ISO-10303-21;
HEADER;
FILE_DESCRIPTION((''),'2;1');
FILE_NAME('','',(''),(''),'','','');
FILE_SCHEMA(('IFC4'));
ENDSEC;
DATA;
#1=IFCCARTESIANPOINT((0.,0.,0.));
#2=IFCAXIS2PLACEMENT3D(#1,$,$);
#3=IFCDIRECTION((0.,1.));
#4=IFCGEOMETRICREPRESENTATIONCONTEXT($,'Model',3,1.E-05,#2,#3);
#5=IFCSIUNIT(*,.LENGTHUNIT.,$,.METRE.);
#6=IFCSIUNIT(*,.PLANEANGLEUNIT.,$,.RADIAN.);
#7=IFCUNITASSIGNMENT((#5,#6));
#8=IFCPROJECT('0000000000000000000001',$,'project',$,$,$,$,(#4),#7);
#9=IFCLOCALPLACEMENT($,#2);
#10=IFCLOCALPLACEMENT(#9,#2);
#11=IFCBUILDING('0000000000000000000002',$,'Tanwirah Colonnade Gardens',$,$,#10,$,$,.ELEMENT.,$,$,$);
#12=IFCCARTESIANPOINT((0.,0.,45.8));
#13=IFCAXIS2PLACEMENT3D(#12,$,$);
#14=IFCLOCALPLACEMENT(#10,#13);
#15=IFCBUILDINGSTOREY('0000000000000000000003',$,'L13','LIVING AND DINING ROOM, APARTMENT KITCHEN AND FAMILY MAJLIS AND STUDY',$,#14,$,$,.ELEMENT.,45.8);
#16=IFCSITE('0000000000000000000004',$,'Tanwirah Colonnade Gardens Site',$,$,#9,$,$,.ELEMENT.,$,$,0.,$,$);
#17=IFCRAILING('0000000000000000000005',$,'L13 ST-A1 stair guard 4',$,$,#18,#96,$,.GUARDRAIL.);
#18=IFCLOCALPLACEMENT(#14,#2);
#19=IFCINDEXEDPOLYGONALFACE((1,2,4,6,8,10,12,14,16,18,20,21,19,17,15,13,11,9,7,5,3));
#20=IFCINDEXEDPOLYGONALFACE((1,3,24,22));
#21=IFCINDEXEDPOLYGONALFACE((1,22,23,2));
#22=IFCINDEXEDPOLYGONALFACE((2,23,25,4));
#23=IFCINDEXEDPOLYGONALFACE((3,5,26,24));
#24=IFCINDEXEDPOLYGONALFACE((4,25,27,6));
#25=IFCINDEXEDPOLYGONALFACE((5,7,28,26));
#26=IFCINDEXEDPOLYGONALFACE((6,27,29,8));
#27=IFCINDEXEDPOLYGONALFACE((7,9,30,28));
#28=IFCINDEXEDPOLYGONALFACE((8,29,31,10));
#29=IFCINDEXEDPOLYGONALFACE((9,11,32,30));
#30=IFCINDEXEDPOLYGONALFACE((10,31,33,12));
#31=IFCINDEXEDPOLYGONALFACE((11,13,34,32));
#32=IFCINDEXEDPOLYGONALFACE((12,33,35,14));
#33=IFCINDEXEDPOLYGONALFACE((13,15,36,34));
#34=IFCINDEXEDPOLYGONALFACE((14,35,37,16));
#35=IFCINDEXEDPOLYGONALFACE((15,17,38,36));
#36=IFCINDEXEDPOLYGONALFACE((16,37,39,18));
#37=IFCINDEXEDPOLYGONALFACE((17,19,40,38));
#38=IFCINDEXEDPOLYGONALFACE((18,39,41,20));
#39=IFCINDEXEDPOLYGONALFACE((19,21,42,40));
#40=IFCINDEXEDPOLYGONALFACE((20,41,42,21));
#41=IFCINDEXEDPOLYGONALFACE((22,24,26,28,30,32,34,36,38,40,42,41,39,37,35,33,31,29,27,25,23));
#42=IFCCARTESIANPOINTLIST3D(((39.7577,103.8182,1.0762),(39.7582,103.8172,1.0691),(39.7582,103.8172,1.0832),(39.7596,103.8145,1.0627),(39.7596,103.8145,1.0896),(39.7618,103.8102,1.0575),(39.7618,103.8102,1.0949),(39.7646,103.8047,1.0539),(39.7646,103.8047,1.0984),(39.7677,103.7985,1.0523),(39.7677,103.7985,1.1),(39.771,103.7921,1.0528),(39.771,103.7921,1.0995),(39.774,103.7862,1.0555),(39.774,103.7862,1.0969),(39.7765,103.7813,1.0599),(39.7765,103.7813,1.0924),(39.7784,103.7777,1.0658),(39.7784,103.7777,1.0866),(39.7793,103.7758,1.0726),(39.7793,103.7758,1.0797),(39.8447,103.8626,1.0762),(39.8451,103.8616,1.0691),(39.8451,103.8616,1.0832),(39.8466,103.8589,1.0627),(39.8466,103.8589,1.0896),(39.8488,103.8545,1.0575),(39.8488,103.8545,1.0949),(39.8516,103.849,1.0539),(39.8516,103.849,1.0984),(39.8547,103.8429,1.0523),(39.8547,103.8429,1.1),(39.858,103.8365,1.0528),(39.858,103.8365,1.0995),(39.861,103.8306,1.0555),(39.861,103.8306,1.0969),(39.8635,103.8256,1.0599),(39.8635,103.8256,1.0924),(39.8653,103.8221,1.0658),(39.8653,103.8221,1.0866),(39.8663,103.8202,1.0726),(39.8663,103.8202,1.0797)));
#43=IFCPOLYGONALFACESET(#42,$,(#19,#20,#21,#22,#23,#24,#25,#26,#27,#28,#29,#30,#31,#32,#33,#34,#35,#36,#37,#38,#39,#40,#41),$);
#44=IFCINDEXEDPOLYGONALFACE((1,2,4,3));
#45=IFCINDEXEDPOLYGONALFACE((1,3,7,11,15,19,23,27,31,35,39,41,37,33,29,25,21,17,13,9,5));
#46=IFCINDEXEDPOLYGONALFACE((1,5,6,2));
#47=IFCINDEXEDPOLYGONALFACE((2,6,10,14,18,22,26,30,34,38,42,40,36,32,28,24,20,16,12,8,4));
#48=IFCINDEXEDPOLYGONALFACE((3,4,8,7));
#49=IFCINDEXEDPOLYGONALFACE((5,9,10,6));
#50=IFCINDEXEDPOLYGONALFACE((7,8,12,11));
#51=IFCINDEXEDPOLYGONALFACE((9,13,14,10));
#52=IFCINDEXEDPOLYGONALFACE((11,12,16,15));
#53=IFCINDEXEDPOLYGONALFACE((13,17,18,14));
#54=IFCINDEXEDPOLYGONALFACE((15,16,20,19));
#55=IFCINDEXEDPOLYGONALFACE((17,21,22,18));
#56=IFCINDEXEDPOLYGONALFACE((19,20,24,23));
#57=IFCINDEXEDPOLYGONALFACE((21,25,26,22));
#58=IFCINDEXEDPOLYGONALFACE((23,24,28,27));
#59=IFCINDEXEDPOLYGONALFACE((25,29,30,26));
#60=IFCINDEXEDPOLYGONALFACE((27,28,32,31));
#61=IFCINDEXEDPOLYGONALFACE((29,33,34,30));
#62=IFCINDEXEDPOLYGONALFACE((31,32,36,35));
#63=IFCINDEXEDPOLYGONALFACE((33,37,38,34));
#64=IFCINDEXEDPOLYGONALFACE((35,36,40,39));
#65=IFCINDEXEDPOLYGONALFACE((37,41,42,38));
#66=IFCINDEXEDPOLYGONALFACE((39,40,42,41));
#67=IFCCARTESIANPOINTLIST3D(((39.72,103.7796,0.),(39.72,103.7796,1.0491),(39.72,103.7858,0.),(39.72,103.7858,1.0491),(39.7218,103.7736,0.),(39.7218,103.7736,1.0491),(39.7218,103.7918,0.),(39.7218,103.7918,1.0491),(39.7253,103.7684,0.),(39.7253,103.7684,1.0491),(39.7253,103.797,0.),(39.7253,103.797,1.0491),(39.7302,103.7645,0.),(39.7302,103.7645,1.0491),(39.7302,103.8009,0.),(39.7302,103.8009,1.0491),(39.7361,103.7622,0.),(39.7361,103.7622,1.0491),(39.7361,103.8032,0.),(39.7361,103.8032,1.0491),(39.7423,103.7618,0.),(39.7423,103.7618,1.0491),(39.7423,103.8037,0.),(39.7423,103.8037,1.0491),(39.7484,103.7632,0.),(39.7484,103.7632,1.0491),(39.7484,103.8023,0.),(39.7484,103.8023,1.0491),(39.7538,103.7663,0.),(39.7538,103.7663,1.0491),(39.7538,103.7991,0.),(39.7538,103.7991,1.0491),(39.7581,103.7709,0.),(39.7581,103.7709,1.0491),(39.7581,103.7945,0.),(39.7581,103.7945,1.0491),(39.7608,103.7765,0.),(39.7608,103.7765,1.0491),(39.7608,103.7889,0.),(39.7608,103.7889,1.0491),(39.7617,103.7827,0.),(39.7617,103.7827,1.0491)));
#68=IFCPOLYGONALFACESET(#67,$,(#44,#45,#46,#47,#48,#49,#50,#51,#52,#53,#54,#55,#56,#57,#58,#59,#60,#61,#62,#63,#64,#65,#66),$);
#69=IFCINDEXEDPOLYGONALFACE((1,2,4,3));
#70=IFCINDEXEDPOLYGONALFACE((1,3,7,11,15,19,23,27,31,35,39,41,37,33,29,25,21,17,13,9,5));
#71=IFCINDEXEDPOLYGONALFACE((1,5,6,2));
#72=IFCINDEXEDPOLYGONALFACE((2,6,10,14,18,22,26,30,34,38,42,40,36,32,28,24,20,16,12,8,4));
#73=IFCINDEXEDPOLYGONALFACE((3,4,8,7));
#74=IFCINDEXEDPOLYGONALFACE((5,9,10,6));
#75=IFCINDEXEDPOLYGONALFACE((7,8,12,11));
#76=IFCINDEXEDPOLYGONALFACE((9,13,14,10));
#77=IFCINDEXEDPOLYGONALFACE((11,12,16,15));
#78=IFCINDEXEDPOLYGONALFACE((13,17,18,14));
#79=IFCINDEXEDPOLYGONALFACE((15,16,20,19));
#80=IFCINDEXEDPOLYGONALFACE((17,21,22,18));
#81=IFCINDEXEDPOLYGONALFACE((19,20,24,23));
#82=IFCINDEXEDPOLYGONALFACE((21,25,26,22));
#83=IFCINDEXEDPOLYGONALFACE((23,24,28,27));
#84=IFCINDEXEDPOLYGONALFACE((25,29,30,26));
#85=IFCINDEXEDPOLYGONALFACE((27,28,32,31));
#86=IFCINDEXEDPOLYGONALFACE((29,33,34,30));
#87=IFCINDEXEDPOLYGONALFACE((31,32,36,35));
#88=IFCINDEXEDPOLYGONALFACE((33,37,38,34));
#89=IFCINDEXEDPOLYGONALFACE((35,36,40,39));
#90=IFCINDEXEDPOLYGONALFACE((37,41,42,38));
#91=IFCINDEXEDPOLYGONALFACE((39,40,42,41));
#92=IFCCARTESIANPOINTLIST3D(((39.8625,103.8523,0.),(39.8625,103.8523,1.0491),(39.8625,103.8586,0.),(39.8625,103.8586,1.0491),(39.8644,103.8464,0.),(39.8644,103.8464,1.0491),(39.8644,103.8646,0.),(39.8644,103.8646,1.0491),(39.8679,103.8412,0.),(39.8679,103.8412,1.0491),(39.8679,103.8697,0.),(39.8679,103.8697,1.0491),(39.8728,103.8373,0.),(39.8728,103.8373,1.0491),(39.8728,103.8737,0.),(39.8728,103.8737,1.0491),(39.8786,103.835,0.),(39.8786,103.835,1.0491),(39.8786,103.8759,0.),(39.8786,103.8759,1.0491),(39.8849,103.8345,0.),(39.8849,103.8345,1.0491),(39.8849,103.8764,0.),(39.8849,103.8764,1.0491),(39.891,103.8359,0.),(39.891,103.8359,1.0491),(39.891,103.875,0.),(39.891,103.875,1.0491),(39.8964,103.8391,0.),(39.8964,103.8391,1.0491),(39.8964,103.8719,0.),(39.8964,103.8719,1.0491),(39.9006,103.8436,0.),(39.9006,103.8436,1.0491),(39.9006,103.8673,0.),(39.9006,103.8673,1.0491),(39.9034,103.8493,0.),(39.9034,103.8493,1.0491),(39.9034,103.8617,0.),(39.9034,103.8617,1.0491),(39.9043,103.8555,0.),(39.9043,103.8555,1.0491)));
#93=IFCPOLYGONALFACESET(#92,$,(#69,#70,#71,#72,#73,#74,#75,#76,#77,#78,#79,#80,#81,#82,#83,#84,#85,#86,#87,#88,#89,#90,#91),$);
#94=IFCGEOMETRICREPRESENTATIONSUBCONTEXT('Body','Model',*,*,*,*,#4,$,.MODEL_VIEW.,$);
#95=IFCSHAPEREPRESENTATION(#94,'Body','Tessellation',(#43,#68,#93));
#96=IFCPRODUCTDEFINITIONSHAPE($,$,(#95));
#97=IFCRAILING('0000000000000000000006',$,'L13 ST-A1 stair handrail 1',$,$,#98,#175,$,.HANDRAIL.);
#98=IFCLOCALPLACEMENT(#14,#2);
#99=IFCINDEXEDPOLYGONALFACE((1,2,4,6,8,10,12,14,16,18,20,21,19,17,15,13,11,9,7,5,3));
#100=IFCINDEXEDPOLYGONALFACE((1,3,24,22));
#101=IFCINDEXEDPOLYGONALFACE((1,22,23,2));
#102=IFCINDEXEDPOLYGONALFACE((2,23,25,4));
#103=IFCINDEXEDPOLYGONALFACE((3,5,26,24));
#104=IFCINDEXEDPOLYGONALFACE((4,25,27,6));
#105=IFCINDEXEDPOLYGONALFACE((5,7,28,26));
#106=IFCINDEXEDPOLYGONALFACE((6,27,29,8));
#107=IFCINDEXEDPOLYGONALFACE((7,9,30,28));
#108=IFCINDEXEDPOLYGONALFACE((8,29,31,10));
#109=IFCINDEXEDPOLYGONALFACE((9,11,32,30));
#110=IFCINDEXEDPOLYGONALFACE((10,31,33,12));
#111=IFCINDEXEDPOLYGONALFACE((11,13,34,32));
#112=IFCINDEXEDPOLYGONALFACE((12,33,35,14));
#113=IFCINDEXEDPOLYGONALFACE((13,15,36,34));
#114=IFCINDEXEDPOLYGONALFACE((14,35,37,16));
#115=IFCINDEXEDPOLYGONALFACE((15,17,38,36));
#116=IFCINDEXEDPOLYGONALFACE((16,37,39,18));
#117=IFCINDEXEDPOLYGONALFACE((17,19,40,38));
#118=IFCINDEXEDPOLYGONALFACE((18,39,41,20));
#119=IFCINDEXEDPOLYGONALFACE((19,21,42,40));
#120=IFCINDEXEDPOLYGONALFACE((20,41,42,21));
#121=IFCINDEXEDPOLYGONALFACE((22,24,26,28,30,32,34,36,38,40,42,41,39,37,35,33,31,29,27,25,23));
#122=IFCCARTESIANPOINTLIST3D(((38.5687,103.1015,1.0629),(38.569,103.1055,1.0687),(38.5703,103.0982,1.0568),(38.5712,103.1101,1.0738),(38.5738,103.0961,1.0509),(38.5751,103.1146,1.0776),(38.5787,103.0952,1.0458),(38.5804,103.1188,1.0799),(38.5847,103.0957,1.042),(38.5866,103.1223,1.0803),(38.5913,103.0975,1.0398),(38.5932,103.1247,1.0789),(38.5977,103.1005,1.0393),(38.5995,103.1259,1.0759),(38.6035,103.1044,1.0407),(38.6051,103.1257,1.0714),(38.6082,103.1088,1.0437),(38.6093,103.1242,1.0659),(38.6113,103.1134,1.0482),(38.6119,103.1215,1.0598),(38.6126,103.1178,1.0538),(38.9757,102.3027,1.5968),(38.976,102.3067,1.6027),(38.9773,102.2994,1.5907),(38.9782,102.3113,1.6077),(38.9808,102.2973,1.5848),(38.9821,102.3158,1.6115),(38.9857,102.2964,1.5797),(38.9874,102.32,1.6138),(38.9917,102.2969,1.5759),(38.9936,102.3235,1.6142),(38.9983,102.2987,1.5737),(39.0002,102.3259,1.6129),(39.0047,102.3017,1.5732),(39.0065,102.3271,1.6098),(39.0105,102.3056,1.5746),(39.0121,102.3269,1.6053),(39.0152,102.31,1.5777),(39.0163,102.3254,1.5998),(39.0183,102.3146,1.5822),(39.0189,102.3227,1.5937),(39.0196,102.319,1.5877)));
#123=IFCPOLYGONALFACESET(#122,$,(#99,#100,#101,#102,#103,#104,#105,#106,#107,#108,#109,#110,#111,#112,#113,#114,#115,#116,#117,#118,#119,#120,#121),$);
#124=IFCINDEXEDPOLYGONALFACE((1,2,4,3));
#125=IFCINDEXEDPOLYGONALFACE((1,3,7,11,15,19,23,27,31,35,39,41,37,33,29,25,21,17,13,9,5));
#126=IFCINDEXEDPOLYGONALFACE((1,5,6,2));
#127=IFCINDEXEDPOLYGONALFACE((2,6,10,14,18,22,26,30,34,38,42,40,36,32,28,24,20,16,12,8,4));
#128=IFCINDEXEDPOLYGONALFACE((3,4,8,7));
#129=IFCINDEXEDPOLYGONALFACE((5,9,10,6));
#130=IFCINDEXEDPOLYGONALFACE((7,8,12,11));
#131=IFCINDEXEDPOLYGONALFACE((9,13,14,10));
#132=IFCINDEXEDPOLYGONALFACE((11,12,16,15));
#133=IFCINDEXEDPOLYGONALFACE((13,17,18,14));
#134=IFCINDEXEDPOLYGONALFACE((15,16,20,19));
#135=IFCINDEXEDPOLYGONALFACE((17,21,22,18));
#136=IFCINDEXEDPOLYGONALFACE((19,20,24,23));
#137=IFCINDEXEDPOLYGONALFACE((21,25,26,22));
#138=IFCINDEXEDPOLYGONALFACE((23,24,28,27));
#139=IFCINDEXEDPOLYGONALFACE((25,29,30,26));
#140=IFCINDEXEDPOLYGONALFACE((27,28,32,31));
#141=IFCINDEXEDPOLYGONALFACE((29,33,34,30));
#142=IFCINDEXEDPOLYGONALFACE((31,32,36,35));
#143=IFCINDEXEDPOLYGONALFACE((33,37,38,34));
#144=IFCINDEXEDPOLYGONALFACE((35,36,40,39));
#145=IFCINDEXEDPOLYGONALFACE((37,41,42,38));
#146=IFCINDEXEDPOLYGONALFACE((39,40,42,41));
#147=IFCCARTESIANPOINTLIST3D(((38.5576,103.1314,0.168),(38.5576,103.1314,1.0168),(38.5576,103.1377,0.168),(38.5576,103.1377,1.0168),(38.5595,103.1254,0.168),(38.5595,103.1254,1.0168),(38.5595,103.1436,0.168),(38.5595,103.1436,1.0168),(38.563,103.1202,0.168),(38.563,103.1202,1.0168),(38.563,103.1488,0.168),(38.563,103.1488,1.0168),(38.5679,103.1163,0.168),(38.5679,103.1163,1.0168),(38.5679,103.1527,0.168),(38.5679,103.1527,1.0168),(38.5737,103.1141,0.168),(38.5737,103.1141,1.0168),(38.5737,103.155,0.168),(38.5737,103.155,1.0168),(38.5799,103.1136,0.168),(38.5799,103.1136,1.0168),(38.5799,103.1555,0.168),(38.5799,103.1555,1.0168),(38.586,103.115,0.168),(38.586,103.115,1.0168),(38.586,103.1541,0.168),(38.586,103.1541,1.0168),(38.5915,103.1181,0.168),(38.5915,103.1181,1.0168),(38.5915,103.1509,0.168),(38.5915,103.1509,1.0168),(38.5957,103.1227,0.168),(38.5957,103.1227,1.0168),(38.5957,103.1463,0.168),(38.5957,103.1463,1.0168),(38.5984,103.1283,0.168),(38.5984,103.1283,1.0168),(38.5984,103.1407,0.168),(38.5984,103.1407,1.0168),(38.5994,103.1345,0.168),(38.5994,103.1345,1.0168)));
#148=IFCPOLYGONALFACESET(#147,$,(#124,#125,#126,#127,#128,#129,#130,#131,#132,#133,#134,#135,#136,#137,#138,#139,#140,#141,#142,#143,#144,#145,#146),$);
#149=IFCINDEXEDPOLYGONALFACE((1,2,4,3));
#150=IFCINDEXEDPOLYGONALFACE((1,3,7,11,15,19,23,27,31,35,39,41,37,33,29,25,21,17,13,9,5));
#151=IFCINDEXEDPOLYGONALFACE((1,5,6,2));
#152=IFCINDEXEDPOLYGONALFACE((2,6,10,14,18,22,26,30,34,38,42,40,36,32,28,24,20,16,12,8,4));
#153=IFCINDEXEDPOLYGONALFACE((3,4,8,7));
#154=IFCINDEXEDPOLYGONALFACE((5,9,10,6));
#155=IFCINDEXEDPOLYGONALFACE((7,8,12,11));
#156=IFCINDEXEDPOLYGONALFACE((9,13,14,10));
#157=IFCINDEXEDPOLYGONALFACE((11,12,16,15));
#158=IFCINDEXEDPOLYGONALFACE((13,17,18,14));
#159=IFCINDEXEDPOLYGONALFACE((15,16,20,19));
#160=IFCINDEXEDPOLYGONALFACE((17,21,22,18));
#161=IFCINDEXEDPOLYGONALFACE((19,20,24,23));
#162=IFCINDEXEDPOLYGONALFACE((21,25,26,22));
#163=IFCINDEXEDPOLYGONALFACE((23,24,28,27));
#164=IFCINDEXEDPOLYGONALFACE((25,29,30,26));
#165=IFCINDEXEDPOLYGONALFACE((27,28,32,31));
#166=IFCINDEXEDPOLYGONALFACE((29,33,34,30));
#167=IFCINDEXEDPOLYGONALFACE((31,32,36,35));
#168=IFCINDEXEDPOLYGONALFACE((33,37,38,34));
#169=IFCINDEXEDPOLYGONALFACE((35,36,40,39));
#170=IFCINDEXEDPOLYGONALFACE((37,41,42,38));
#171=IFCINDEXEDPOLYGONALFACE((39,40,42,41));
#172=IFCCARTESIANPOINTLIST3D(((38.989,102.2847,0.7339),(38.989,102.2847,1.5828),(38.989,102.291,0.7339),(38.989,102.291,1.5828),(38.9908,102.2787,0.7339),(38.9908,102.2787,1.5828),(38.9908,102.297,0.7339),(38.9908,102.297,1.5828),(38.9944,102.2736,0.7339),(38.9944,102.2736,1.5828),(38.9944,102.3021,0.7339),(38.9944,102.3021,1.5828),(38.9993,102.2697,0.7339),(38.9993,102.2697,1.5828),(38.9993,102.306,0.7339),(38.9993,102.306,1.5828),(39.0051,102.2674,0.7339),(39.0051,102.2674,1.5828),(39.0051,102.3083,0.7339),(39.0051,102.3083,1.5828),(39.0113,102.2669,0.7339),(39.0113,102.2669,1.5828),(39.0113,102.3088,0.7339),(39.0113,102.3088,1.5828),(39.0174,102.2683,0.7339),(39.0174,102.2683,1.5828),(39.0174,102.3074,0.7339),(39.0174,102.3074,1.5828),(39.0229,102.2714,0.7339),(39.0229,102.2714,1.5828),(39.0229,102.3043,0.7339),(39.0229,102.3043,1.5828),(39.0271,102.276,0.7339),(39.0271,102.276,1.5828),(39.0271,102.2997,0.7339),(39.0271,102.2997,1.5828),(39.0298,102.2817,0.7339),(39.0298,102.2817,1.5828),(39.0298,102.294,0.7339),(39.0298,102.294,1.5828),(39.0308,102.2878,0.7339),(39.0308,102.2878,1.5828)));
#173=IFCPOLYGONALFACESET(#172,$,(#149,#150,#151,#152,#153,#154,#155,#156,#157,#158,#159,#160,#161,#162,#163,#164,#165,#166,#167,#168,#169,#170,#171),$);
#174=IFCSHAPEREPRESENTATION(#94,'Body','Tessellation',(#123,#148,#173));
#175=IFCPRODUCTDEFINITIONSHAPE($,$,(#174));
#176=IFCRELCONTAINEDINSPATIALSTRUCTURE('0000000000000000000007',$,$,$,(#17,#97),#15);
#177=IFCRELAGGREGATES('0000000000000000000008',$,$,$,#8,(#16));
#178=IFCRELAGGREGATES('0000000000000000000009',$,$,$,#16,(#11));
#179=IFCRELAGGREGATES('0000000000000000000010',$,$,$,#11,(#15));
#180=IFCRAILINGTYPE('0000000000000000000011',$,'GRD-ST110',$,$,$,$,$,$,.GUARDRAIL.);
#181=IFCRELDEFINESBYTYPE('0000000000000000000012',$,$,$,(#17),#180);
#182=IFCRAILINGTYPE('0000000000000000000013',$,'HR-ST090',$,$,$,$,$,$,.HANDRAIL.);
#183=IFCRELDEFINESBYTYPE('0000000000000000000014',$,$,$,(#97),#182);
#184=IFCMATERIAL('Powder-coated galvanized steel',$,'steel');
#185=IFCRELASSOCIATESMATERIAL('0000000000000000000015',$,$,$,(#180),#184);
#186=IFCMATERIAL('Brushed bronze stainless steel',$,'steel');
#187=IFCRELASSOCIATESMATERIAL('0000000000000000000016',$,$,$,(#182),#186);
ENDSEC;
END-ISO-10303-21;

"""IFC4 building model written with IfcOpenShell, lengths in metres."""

from ifc_helpers import new_model, si_unit, direction, frame, origin, origin_2d, place, context, subcontext, project, spatial, circle, extrude, material, type_object, element, save


model = new_model("IFC4")

# Units and contexts
model_context = context("Model", 3, precision=1e-05, world=origin(), true_north=direction((0.0, 1.0)))
body_context = subcontext(model_context, "Body", "Model", "MODEL_VIEW")
ifc_project = project(units=[si_unit("LENGTHUNIT", "METRE"), si_unit("PLANEANGLEUNIT", "RADIAN")], contexts=[model_context])

# Site, building, storey
site_placement = place(None, origin())
site = spatial("IfcSite", under=ifc_project, at=site_placement, Name="Tanwirah Colonnade Gardens Site", CompositionType="ELEMENT", RefElevation=0.0)
building_placement = place(site_placement, origin())
building = spatial("IfcBuilding", under=site, at=building_placement, Name="Tanwirah Colonnade Gardens", CompositionType="ELEMENT")
storey_placement = place(building_placement, frame((0.0, 0.0, 45.8)))
storey = spatial("IfcBuildingStorey", under=building, at=storey_placement, Name="L13", Description="LIVING AND DINING ROOM, APARTMENT KITCHEN AND FAMILY MAJLIS AND STUDY", CompositionType="ELEMENT", Elevation=45.8)

# Railings
ifc_material_1 = material(Name="Powder-coated galvanized steel", Category="steel")
railing_type_1 = type_object("IfcRailingType", Name="GRD-ST110", PredefinedType="GUARDRAIL", material=ifc_material_1)
railing_1_placement = place(storey_placement, frame((39.7407, 103.7827, 0.0)))
element("IfcRailing", 1, at=railing_1_placement, inside=storey, type_object=railing_type_1, Name="L13 ST-A1 stair guard 4", PredefinedType="GUARDRAIL", context=body_context, shape_type="SweptSolid", body=[
    extrude(circle(Radius=0.0239, at=origin_2d()), frame((0.0278, 0.0142, 1.0762), z_axis=(0.890737, 0.45452, 0.0), x_axis=(-0.45452, 0.890737, 0.0)), (0.0, 0.0, 1.0), 0.0977),
    extrude(circle(Radius=0.021, at=origin_2d()), origin(), (0.0, 0.0, 1.0), 1.0491),
    extrude(circle(Radius=0.021, at=origin_2d()), frame((0.1426, 0.0728, 0.0)), (0.0, 0.0, 1.0), 1.0491),
])
ifc_material_2 = material(Name="Brushed bronze stainless steel", Category="steel")
railing_type_2 = type_object("IfcRailingType", Name="HR-ST090", PredefinedType="HANDRAIL", material=ifc_material_2)
railing_2_placement = place(storey_placement, frame((38.5784, 103.1345, 0.168)))
element("IfcRailing", 2, at=railing_2_placement, inside=storey, type_object=railing_type_2, Name="L13 ST-A1 stair handrail 1", PredefinedType="HANDRAIL", context=body_context, shape_type="SweptSolid", body=[
    extrude(circle(Radius=0.0239, at=origin_2d()), frame((0.0122, -0.0239, 0.8918), z_axis=(0.390052, -0.765534, 0.511681), x_axis=(0.89101, 0.453984, 0.0)), (0.0, 0.0, 1.0), 1.0435),
    extrude(circle(Radius=0.021, at=origin_2d()), origin(), (0.0, 0.0, 1.0), 0.8489),
    extrude(circle(Radius=0.021, at=origin_2d()), frame((0.4314, -0.8467, 0.5659)), (0.0, 0.0, 1.0), 0.8489),
])

save(model, "model.ifc")
